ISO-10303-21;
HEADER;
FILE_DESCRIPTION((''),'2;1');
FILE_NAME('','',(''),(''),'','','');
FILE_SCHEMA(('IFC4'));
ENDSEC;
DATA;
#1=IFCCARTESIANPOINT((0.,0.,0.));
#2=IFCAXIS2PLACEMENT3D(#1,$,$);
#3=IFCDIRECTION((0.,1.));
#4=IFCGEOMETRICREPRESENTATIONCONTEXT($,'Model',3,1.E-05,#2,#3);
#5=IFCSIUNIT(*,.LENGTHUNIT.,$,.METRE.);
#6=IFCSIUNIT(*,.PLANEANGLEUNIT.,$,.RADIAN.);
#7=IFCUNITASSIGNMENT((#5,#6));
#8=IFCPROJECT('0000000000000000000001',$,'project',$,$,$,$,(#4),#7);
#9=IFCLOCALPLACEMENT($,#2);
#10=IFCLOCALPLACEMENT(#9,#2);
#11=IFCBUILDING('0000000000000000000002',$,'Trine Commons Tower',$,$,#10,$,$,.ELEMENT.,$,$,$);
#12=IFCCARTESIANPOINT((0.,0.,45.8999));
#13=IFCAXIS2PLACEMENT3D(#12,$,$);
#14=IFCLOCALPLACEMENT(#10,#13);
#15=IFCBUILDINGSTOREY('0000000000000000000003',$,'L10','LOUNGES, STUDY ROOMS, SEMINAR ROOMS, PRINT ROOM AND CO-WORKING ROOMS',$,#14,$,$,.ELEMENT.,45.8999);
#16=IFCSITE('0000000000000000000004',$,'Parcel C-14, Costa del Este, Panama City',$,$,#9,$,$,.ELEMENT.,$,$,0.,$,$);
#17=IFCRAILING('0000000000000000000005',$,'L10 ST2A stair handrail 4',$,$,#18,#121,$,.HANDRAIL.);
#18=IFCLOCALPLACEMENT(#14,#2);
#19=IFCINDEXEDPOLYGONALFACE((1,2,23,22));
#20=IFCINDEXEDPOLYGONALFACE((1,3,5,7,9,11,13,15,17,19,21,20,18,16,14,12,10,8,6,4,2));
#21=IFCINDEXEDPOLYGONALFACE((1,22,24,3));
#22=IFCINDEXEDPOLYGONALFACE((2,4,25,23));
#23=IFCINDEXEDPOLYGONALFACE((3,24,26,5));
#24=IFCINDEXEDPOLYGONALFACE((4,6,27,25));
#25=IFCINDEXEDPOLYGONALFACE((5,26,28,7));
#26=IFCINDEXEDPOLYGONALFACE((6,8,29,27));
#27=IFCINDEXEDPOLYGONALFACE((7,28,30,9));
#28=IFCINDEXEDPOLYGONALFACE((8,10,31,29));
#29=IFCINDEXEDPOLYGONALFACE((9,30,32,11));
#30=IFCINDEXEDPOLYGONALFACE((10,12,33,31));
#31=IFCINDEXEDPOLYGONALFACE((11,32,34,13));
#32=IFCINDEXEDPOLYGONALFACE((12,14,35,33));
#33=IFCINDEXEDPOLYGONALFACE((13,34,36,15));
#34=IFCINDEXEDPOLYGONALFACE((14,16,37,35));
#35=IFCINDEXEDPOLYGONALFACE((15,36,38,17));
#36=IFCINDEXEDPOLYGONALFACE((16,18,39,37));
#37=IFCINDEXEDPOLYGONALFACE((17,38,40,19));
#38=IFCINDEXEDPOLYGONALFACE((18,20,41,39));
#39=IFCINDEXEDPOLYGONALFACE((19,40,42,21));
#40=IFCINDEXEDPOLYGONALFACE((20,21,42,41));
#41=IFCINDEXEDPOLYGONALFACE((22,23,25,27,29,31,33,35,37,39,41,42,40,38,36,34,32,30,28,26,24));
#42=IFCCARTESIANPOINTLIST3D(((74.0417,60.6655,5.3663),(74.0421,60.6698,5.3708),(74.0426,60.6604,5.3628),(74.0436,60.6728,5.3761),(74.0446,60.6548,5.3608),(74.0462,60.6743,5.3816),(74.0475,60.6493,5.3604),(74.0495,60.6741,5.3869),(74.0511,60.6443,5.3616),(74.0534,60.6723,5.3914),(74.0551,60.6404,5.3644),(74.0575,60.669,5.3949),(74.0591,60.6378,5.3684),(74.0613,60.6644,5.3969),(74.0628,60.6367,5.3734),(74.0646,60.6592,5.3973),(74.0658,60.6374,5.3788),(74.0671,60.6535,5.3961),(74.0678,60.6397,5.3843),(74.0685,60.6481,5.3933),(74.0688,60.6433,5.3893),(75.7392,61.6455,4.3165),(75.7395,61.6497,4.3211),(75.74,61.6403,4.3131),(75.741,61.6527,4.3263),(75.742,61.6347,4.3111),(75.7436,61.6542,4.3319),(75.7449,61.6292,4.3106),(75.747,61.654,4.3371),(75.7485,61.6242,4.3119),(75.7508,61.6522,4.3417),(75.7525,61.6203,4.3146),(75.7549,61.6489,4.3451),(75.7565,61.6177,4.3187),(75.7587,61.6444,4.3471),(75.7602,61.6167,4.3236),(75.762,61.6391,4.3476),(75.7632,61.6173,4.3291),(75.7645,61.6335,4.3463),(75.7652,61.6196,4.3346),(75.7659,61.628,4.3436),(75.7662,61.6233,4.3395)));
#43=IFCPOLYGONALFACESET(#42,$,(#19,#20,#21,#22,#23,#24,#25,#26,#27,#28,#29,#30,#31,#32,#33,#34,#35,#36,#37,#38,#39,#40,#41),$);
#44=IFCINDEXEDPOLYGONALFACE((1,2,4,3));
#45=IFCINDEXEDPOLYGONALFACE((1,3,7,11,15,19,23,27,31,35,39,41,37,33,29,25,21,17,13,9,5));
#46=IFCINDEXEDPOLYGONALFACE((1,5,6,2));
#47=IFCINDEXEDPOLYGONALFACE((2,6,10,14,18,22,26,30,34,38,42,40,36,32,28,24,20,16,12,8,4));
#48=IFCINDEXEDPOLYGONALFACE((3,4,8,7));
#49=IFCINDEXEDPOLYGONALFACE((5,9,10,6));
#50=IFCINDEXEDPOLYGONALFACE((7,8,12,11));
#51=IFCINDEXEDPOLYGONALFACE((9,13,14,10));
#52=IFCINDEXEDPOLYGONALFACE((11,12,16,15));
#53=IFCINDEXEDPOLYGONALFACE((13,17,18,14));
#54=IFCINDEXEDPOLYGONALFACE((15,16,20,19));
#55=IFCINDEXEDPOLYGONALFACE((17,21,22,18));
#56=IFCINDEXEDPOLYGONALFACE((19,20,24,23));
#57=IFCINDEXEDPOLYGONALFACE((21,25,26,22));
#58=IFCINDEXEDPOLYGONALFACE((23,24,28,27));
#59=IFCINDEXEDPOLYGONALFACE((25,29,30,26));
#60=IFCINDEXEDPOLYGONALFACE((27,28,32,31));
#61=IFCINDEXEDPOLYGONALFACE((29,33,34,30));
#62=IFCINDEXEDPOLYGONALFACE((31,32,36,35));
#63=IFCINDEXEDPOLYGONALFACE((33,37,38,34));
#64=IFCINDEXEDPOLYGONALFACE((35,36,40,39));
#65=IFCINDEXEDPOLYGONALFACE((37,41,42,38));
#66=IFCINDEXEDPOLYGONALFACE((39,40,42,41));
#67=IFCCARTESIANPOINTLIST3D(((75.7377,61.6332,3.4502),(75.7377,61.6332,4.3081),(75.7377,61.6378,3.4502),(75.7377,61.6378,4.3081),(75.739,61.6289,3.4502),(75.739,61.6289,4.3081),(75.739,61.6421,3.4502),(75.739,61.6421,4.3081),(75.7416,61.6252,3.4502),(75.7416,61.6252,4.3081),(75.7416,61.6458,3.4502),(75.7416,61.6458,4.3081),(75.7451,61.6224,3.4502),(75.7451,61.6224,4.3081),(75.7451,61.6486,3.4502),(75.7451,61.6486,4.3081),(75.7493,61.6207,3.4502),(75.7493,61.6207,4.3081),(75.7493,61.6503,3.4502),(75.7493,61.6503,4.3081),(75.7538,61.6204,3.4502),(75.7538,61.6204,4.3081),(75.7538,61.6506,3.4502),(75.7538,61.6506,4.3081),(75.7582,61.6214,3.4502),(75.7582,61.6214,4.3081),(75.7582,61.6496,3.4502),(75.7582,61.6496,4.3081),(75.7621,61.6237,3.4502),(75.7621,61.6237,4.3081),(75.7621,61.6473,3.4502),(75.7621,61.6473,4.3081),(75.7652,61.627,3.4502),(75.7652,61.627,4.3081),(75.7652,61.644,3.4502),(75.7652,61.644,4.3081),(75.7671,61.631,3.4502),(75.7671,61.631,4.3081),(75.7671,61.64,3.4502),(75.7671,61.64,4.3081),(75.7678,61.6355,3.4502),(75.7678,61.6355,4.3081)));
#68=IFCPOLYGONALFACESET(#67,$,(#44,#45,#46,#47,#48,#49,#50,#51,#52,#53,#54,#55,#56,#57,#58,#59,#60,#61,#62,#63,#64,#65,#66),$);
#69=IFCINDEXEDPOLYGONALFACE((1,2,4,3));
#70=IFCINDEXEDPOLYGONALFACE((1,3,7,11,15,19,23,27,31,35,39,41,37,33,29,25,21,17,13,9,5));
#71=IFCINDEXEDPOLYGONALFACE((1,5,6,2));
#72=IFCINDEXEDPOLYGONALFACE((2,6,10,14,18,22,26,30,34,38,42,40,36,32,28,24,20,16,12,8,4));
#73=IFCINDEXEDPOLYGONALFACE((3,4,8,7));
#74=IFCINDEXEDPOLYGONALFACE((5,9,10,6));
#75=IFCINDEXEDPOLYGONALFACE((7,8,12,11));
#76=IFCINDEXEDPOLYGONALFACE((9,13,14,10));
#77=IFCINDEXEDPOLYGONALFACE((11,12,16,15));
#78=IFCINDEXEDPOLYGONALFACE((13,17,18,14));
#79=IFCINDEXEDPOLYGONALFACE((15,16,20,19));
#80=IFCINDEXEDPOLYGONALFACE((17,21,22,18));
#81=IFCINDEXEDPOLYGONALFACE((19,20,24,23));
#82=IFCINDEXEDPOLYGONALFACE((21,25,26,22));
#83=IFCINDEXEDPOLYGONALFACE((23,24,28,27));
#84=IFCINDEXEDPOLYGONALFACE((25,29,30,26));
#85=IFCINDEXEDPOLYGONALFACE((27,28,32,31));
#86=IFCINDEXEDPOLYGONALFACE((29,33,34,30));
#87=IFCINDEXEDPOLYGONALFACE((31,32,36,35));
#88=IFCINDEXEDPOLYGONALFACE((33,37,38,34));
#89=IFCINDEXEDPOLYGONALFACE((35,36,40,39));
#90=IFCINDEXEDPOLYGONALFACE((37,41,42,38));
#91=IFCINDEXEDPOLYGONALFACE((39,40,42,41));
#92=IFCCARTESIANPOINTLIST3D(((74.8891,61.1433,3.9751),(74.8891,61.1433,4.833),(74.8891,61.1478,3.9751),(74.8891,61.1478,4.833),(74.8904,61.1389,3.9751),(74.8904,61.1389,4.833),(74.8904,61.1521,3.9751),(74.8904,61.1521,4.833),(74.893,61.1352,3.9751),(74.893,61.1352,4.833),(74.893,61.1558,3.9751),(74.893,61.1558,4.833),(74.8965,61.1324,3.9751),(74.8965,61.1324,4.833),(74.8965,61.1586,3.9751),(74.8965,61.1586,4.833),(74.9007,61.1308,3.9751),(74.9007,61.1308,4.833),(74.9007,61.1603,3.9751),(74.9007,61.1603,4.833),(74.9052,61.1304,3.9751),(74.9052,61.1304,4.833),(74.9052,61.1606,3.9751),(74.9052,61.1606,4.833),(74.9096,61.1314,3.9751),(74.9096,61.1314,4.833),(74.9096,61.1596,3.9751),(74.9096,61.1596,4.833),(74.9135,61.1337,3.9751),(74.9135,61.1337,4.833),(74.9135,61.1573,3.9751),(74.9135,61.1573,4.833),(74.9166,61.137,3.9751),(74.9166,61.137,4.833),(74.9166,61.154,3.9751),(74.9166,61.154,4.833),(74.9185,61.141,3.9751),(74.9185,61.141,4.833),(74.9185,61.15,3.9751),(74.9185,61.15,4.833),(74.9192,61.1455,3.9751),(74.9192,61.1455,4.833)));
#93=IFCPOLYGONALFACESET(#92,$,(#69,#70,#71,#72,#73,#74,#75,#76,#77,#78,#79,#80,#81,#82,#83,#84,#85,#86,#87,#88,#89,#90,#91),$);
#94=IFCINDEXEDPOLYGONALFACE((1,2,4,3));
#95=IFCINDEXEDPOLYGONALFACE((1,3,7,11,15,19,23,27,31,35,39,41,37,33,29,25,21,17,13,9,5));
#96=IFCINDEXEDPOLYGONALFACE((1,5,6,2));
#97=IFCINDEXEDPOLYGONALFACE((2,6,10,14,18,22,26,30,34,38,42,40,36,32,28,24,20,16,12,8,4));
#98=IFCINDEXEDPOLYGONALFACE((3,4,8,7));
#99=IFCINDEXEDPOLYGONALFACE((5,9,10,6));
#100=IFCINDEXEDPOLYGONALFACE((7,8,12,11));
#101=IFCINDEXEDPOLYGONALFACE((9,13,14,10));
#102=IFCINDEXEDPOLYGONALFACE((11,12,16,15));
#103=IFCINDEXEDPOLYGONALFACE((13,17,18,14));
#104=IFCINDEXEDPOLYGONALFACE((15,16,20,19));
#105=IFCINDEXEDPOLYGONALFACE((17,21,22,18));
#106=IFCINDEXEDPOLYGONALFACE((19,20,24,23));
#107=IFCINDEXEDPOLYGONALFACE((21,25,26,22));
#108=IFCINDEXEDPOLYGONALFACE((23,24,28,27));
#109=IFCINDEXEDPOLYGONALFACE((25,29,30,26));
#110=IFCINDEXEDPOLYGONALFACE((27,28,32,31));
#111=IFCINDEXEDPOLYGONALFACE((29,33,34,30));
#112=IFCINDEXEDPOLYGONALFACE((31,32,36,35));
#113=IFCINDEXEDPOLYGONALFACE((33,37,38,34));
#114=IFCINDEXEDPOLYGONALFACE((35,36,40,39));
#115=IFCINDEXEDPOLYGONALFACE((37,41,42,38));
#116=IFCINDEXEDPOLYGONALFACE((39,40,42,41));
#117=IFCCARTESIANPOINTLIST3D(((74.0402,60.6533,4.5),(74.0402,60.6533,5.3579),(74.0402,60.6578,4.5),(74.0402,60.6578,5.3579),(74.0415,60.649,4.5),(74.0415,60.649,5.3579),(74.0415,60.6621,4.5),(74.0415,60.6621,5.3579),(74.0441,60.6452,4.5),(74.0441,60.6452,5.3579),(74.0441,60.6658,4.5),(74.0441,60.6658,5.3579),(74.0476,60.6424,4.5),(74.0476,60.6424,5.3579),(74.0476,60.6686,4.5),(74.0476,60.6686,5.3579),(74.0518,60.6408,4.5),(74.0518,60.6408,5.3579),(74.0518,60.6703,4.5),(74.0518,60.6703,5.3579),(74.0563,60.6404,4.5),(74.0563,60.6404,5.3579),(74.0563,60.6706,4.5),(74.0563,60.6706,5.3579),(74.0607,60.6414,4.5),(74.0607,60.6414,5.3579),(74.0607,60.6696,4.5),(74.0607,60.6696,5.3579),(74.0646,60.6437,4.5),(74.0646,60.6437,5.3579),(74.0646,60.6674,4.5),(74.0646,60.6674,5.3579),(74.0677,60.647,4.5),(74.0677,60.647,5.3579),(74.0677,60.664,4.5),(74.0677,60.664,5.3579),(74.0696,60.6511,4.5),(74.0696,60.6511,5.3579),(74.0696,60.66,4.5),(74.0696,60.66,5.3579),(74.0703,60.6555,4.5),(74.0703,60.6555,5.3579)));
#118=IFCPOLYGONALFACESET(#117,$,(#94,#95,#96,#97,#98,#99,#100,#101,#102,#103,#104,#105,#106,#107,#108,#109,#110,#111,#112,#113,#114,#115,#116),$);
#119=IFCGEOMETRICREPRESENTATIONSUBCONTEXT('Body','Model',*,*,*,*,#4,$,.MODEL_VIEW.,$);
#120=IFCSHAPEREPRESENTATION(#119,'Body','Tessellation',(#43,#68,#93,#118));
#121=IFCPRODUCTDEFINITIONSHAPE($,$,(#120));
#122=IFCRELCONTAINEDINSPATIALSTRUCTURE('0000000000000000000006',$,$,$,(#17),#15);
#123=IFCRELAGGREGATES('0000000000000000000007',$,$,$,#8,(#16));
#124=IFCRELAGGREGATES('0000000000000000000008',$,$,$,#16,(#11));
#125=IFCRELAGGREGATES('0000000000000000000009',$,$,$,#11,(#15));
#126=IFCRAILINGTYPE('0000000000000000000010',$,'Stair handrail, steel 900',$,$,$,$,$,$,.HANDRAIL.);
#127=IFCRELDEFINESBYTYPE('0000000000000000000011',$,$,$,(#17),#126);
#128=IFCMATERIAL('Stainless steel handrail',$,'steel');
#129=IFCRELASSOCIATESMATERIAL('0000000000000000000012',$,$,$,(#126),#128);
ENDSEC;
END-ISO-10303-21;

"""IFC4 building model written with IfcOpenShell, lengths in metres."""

from ifc_helpers import new_model, si_unit, direction, frame, origin, origin_2d, place, context, subcontext, project, spatial, circle, extrude, material, type_object, element, save


model = new_model("IFC4")

# Units and contexts
model_context = context("Model", 3, precision=1e-05, world=origin(), true_north=direction((0.0, 1.0)))
body_context = subcontext(model_context, "Body", "Model", "MODEL_VIEW")
ifc_project = project(units=[si_unit("LENGTHUNIT", "METRE"), si_unit("PLANEANGLEUNIT", "RADIAN")], contexts=[model_context])

# Site, building, storey
site_placement = place(None, origin())
site = spatial("IfcSite", under=ifc_project, at=site_placement, Name="Parcel C-14, Costa del Este, Panama City", CompositionType="ELEMENT", RefElevation=0.0)
building_placement = place(site_placement, origin())
building = spatial("IfcBuilding", under=site, at=building_placement, Name="Trine Commons Tower", CompositionType="ELEMENT")
storey_placement = place(building_placement, frame((0.0, 0.0, 45.8999)))
storey = spatial("IfcBuildingStorey", under=building, at=storey_placement, Name="L10", Description="LOUNGES, STUDY ROOMS, SEMINAR ROOMS, PRINT ROOM AND CO-WORKING ROOMS", CompositionType="ELEMENT", Elevation=45.8999)

# Railing
ifc_material_1 = material(Name="Stainless steel handrail", Category="steel")
railing_type_1 = type_object("IfcRailingType", Name="Stair handrail, steel 900", PredefinedType="HANDRAIL", material=ifc_material_1)
railing_1_placement = place(storey_placement, frame((75.7527, 61.6355, 3.4502)))
element("IfcRailing", 1, at=railing_1_placement, inside=storey, type_object=railing_type_1, Name="L10 ST2A stair handrail 4", PredefinedType="HANDRAIL", context=body_context, shape_type="SweptSolid", body=[
    extrude(circle(Radius=0.021, at=origin_2d()), frame((0.0, 0.0, 0.8789), z_axis=(-0.763437, -0.440736, 0.472139), x_axis=(0.49997, -0.866042, 0.0)), (0.0, 0.0, 1.0), 2.2234),
    extrude(circle(Radius=0.0151, at=origin_2d()), origin(), (0.0, 0.0, 1.0), 0.8579),
    extrude(circle(Radius=0.0151, at=origin_2d()), frame((-0.8486, -0.49, 0.5249)), (0.0, 0.0, 1.0), 0.8579),
    extrude(circle(Radius=0.0151, at=origin_2d()), frame((-1.6975, -0.98, 1.0498)), (0.0, 0.0, 1.0), 0.8579),
])

save(model, "model.ifc")
